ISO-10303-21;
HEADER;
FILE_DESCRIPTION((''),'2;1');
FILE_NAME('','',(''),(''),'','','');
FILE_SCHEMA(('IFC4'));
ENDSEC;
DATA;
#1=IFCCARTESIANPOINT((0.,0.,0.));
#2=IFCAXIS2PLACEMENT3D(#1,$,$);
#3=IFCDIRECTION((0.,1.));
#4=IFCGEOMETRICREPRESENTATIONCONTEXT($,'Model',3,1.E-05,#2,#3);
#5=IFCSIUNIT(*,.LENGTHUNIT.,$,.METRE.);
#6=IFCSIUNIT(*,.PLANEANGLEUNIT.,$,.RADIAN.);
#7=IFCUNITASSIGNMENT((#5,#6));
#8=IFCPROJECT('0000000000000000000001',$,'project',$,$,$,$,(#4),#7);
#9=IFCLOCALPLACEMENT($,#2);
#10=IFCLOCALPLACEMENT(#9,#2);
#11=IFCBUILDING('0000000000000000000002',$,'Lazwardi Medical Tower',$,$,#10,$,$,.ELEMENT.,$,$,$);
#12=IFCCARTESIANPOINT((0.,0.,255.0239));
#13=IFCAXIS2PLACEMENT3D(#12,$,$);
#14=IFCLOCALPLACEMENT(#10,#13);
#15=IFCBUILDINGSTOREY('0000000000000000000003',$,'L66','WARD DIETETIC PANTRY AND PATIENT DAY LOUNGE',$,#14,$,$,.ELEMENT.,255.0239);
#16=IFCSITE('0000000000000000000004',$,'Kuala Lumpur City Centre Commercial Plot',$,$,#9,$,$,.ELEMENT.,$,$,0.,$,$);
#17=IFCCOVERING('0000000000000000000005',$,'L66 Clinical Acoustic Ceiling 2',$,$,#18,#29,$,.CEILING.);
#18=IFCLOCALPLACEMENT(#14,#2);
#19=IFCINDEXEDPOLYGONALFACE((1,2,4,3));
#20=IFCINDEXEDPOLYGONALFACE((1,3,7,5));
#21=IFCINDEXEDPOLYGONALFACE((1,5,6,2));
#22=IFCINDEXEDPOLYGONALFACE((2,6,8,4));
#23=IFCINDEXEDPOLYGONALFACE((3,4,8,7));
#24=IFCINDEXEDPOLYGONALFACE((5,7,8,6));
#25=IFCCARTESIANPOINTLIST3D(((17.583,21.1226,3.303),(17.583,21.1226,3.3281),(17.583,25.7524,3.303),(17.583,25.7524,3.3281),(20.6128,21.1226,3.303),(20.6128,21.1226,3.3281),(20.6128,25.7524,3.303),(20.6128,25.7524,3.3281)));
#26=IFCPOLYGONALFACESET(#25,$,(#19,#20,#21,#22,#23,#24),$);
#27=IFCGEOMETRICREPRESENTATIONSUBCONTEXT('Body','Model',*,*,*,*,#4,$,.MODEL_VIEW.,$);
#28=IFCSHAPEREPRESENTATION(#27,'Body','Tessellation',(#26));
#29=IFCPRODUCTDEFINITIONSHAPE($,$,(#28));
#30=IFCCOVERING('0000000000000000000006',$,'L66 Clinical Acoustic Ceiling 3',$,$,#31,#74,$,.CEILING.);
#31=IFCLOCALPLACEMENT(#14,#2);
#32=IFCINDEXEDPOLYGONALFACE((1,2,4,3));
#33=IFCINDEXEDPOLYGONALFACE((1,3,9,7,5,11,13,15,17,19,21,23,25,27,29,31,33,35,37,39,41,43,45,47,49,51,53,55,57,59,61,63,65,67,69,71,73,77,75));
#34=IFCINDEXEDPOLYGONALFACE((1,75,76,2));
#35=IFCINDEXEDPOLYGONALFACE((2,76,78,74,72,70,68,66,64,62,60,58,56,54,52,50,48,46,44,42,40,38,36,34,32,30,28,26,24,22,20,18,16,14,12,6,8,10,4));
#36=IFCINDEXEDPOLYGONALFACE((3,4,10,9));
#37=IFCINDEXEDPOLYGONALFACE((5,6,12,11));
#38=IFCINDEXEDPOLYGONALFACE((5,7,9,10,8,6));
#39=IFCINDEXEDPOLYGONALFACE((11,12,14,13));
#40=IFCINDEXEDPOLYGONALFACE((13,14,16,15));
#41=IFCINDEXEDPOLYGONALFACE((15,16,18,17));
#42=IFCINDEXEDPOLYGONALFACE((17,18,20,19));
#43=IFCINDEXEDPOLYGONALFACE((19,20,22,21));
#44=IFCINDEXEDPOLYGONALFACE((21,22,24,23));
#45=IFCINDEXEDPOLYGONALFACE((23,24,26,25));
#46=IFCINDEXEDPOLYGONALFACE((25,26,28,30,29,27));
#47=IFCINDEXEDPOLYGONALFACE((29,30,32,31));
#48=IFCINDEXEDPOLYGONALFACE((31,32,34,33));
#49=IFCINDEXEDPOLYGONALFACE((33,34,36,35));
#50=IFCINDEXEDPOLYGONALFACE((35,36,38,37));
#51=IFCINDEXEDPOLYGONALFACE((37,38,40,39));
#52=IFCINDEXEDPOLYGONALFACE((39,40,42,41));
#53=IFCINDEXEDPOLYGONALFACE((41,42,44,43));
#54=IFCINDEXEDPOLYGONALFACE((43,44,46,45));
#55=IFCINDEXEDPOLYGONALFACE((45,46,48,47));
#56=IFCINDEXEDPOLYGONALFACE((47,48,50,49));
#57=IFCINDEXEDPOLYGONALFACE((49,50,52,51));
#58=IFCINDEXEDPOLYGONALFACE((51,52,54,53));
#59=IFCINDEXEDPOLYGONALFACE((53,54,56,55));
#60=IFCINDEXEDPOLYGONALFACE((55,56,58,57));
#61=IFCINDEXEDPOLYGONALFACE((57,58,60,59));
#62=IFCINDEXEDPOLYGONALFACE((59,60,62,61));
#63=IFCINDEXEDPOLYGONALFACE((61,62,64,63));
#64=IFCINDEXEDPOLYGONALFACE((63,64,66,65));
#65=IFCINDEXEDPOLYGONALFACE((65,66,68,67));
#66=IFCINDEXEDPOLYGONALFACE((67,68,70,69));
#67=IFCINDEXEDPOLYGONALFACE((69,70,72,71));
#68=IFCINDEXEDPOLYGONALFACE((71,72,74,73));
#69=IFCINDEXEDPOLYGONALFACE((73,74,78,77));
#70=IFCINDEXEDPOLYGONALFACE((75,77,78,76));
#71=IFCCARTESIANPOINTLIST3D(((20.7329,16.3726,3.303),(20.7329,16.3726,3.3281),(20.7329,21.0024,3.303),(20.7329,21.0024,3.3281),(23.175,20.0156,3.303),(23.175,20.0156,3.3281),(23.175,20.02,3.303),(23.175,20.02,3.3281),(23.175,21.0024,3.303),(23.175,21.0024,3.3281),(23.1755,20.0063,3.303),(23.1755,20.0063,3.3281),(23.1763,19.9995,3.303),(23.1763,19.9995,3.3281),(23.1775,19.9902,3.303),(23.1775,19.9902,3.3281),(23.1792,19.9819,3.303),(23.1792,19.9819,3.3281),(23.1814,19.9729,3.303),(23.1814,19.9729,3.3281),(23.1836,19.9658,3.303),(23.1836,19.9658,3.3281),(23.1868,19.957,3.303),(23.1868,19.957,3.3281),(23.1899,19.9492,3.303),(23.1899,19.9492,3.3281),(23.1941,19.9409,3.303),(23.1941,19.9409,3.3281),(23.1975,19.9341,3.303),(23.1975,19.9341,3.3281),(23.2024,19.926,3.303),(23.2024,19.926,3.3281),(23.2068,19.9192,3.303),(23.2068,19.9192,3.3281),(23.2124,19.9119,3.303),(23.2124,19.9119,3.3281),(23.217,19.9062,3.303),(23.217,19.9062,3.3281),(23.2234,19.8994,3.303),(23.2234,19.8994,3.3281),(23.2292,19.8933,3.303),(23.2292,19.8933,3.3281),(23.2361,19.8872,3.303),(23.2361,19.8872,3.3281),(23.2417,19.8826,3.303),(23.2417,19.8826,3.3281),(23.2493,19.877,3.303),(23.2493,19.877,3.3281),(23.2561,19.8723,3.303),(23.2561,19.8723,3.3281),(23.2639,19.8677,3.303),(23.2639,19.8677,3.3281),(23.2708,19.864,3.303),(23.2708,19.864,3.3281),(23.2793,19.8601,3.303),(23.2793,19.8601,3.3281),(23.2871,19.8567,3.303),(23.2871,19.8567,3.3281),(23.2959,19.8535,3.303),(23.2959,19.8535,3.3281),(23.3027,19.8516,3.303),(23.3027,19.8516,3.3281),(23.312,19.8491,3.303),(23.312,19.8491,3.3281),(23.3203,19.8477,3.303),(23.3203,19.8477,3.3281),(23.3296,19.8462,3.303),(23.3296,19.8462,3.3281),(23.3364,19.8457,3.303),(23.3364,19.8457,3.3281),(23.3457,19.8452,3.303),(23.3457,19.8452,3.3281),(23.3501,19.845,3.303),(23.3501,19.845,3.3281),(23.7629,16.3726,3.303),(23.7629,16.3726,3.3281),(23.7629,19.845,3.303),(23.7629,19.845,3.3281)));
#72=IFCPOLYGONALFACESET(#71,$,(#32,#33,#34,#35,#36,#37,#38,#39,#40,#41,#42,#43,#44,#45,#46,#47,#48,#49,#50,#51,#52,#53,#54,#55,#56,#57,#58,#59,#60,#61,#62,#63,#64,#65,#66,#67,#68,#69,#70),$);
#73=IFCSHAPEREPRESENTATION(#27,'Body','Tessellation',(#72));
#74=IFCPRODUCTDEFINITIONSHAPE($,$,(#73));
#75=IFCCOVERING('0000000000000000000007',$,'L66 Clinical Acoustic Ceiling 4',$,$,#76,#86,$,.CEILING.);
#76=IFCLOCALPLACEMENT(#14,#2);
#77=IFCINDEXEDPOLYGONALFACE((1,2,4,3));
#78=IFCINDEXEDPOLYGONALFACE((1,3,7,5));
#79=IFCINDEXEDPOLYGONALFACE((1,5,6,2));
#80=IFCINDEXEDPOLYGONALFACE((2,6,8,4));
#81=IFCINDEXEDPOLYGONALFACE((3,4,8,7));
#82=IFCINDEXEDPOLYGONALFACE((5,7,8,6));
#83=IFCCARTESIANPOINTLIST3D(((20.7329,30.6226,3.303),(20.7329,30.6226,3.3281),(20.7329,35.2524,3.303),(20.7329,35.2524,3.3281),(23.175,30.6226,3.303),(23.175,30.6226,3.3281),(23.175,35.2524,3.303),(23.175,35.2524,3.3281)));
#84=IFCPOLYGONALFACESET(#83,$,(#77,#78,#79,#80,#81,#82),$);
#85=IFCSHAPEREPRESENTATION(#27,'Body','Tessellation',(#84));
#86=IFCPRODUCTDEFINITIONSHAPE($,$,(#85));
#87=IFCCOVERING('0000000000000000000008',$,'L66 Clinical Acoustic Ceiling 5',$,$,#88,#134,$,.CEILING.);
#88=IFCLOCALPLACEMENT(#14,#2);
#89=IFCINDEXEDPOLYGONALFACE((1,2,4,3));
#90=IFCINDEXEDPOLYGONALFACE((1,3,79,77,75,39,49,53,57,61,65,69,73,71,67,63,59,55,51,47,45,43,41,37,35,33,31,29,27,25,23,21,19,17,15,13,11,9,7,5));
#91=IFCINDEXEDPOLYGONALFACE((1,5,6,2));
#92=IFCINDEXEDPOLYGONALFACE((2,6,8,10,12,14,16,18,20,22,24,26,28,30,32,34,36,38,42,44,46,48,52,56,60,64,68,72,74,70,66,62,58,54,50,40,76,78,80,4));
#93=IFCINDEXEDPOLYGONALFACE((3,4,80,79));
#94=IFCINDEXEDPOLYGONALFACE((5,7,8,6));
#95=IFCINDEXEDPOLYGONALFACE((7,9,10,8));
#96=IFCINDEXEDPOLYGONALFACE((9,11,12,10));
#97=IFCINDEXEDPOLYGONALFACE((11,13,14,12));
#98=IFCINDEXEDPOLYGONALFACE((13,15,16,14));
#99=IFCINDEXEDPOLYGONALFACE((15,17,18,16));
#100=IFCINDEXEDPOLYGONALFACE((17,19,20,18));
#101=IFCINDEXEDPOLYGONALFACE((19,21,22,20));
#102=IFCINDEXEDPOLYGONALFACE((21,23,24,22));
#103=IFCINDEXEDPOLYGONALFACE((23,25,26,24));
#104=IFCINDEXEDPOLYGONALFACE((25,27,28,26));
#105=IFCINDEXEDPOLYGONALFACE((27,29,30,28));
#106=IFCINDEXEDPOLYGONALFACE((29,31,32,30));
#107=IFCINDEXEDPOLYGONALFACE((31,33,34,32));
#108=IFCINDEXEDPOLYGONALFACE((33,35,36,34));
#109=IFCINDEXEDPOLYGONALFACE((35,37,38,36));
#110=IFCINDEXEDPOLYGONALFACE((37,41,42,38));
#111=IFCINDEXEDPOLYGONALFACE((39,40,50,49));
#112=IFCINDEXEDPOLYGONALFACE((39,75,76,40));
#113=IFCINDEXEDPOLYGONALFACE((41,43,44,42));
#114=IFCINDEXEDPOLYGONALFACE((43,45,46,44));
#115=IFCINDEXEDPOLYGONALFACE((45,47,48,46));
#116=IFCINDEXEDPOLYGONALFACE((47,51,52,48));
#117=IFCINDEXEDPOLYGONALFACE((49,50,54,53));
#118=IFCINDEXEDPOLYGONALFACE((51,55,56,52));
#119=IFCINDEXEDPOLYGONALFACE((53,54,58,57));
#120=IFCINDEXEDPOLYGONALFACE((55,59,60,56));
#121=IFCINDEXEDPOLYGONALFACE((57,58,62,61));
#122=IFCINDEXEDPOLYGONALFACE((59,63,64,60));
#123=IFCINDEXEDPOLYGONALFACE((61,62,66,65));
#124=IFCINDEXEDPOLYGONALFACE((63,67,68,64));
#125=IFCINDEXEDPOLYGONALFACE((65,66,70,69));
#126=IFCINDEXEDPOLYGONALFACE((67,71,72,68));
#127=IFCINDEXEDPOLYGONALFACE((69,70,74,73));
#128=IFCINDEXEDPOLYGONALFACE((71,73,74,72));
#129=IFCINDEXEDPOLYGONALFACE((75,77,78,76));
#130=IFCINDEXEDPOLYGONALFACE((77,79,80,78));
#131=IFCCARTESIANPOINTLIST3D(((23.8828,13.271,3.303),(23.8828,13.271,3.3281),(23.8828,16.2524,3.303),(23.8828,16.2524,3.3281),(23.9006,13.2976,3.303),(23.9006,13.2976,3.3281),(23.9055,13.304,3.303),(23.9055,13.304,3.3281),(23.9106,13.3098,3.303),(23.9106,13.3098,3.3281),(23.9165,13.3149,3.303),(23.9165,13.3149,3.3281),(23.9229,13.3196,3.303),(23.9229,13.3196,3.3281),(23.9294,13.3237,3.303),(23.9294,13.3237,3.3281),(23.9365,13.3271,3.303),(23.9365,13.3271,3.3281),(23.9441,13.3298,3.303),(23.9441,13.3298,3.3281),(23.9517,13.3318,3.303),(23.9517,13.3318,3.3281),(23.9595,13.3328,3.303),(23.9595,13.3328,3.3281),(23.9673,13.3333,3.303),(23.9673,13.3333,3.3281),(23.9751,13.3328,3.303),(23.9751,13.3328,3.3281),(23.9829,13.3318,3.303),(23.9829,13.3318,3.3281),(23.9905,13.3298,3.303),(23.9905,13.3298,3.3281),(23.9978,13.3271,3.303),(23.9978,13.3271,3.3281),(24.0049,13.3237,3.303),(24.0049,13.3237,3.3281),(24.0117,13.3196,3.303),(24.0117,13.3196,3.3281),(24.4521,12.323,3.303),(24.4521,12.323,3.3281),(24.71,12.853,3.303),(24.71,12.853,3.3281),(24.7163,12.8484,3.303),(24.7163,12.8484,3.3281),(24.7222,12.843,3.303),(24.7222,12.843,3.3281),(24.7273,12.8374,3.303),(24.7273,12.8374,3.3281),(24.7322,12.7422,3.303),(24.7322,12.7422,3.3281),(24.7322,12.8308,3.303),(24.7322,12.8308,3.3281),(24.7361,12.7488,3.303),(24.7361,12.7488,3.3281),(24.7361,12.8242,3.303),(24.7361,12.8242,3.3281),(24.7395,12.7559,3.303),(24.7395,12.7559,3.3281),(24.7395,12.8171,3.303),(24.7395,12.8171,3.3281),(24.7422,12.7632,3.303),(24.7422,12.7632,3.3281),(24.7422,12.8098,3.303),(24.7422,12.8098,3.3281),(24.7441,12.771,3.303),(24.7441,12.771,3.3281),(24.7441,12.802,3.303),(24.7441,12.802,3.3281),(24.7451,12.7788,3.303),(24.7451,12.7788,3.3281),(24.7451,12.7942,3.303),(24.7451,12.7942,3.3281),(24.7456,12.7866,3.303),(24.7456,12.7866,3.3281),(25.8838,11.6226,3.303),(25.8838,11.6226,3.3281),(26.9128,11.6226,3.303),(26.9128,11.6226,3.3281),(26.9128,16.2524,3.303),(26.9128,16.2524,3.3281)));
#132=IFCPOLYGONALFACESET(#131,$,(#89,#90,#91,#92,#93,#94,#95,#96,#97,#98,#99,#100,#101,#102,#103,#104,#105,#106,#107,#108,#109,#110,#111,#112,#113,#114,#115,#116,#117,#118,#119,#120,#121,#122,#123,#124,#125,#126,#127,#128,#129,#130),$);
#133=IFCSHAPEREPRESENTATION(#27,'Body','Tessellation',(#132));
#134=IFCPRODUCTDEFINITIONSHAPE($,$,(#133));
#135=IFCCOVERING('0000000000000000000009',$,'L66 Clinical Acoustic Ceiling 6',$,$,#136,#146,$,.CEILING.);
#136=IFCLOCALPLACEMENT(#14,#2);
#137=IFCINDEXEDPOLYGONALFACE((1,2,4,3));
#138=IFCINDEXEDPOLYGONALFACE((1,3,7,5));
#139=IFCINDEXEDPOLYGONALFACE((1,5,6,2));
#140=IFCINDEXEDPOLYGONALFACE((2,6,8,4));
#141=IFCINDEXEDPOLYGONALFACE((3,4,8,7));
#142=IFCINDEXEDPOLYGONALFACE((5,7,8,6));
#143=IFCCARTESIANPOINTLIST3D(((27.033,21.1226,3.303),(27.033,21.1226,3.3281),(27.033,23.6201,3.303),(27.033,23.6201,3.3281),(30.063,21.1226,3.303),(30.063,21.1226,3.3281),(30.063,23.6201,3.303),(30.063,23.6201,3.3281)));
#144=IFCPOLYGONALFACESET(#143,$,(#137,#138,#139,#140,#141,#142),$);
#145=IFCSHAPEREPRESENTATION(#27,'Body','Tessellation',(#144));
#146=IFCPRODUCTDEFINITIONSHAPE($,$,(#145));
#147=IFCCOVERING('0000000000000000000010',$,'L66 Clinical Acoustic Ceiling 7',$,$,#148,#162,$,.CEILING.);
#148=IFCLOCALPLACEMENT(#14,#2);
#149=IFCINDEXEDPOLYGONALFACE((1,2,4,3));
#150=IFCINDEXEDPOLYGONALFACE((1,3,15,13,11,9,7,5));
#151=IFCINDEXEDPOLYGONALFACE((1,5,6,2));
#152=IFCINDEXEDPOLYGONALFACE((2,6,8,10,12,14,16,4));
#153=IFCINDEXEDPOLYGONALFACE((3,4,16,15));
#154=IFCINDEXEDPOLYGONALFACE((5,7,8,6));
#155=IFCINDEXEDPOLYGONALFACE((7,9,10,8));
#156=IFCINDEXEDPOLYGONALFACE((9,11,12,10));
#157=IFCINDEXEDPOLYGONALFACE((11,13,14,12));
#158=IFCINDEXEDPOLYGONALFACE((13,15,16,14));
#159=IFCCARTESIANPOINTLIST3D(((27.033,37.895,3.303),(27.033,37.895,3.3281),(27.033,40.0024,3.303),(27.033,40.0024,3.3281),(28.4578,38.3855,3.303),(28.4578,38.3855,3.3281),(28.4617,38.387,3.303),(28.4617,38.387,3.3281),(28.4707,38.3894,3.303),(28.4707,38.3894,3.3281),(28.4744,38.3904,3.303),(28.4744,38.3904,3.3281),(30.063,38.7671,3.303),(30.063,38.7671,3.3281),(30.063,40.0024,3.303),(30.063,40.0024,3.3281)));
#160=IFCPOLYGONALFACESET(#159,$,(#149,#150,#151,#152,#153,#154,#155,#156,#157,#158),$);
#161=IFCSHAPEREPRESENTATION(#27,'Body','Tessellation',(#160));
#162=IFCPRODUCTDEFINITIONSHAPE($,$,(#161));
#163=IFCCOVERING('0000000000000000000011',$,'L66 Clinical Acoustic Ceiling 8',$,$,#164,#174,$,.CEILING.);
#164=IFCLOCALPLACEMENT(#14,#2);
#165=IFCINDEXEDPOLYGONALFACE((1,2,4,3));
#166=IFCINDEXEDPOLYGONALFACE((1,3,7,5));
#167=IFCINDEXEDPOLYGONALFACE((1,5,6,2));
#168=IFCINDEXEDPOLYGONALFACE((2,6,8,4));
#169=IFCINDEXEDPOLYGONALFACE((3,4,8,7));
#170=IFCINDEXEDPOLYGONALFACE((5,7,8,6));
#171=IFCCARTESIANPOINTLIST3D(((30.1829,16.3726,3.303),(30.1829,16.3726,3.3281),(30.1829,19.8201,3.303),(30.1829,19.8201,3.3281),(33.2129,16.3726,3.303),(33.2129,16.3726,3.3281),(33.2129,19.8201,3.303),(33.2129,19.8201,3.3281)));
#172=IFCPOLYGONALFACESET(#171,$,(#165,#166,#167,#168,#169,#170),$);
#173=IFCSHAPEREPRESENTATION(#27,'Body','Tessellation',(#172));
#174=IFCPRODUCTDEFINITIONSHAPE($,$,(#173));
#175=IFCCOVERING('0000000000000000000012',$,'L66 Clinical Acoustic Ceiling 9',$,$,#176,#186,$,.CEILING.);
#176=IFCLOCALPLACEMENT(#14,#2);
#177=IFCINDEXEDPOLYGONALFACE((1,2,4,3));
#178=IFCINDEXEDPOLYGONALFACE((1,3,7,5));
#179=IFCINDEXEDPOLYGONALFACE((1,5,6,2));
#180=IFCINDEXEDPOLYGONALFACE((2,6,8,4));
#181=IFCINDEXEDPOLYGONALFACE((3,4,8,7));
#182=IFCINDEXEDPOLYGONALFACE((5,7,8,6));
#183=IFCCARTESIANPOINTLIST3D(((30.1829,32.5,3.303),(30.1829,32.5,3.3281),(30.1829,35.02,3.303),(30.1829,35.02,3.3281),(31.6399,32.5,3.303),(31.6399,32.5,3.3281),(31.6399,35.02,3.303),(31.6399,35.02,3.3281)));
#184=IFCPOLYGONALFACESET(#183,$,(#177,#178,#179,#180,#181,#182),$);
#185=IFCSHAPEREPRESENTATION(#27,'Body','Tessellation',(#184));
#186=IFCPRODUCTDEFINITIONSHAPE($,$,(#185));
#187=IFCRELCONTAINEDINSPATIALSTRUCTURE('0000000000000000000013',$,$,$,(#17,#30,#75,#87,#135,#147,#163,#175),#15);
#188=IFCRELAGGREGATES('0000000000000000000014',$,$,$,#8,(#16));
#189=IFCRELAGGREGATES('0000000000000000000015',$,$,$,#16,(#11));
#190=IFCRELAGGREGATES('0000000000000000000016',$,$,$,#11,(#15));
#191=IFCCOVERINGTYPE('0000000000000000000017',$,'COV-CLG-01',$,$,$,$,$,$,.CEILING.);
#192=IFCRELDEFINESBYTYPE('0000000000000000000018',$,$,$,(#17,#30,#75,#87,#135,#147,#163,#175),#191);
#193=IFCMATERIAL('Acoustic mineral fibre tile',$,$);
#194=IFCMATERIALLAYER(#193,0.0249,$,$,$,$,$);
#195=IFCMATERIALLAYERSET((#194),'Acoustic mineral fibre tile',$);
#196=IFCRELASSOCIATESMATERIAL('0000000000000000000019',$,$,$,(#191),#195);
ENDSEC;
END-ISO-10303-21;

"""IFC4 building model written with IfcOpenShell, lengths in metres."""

from ifc_helpers import new_model, si_unit, direction, frame, origin, place, context, subcontext, project, spatial, polyline, outline, extrude, material, layer, layer_set, type_object, element, save


model = new_model("IFC4")

# Units and contexts
model_context = context("Model", 3, precision=1e-05, world=origin(), true_north=direction((0.0, 1.0)))
body_context = subcontext(model_context, "Body", "Model", "MODEL_VIEW")
ifc_project = project(units=[si_unit("LENGTHUNIT", "METRE"), si_unit("PLANEANGLEUNIT", "RADIAN")], contexts=[model_context])

# Site, building, storey
site_placement = place(None, origin())
site = spatial("IfcSite", under=ifc_project, at=site_placement, Name="Kuala Lumpur City Centre Commercial Plot", CompositionType="ELEMENT", RefElevation=0.0)
building_placement = place(site_placement, origin())
building = spatial("IfcBuilding", under=site, at=building_placement, Name="Lazwardi Medical Tower", CompositionType="ELEMENT")
storey_placement = place(building_placement, frame((0.0, 0.0, 255.0239)))
storey = spatial("IfcBuildingStorey", under=building, at=storey_placement, Name="L66", Description="WARD DIETETIC PANTRY AND PATIENT DAY LOUNGE", CompositionType="ELEMENT", Elevation=255.0239)

# Coverings
ifc_material_1 = material(Name="Acoustic mineral fibre tile")
ifc_layer_1 = layer(ifc_material_1, 0.0249)
ifc_layer_set_1 = layer_set([ifc_layer_1], Name="Acoustic mineral fibre tile")
covering_type_1 = type_object("IfcCoveringType", Name="COV-CLG-01", PredefinedType="CEILING", material=ifc_layer_set_1)
covering_1_placement = place(storey_placement, frame((0.0, 0.0, 3.303)))
element("IfcCovering", 1, at=covering_1_placement, inside=storey, type_object=covering_type_1, Name="L66 Clinical Acoustic Ceiling 2", PredefinedType="CEILING", context=body_context, shape_type="SweptSolid", body=[
    extrude(outline(polyline([(20.6128, 21.1226), (20.6128, 25.7524), (17.583, 25.7524), (17.583, 21.1226), (20.6128, 21.1226)])), origin(), (0.0, 0.0, 1.0), 0.0251),
])
covering_2_placement = place(storey_placement, frame((0.0, 0.0, 3.303)))
element("IfcCovering", 2, at=covering_2_placement, inside=storey, type_object=covering_type_1, Name="L66 Clinical Acoustic Ceiling 3", PredefinedType="CEILING", context=body_context, shape_type="SweptSolid", body=[
    extrude(outline(polyline([(23.7629, 19.845), (23.3501, 19.845), (23.3457, 19.8452), (23.3364, 19.8457), (23.3296, 19.8462), (23.3203, 19.8477), (23.312, 19.8491), (23.3027, 19.8516), (23.2959, 19.8535), (23.2871, 19.8567), (23.2793, 19.8601), (23.2708, 19.864), (23.2639, 19.8677), (23.2561, 19.8723), (23.2493, 19.877), (23.2417, 19.8826), (23.2361, 19.8872), (23.2292, 19.8933), (23.2234, 19.8994), (23.217, 19.9062), (23.2124, 19.9119), (23.2068, 19.9192), (23.2024, 19.926), (23.1975, 19.9341), (23.1941, 19.9409), (23.1899, 19.9492), (23.1868, 19.957), (23.1836, 19.9658), (23.1814, 19.9729), (23.1792, 19.9819), (23.1775, 19.9902), (23.1763, 19.9995), (23.1755, 20.0063), (23.175, 20.0156), (23.175, 20.02), (23.175, 21.0024), (20.7329, 21.0024), (20.7329, 16.3726), (23.7629, 16.3726), (23.7629, 19.845)])), origin(), (0.0, 0.0, 1.0), 0.0251),
])
covering_3_placement = place(storey_placement, frame((0.0, 0.0, 3.303)))
element("IfcCovering", 3, at=covering_3_placement, inside=storey, type_object=covering_type_1, Name="L66 Clinical Acoustic Ceiling 4", PredefinedType="CEILING", context=body_context, shape_type="SweptSolid", body=[
    extrude(outline(polyline([(23.175, 30.6226), (23.175, 35.2524), (20.7329, 35.2524), (20.7329, 30.6226), (23.175, 30.6226)])), origin(), (0.0, 0.0, 1.0), 0.0251),
])
covering_4_placement = place(storey_placement, frame((0.0, 0.0, 3.303)))
element("IfcCovering", 4, at=covering_4_placement, inside=storey, type_object=covering_type_1, Name="L66 Clinical Acoustic Ceiling 5", PredefinedType="CEILING", context=body_context, shape_type="SweptSolid", body=[
    extrude(outline(polyline([(23.8828, 13.271), (23.9006, 13.2976), (23.9055, 13.304), (23.9106, 13.3098), (23.9165, 13.3149), (23.9229, 13.3196), (23.9294, 13.3237), (23.9365, 13.3271), (23.9441, 13.3298), (23.9517, 13.3318), (23.9595, 13.3328), (23.9673, 13.3333), (23.9751, 13.3328), (23.9829, 13.3318), (23.9905, 13.3298), (23.9978, 13.3271), (24.0049, 13.3237), (24.0117, 13.3196), (24.71, 12.853), (24.7163, 12.8484), (24.7222, 12.843), (24.7273, 12.8374), (24.7322, 12.8308), (24.7361, 12.8242), (24.7395, 12.8171), (24.7422, 12.8098), (24.7441, 12.802), (24.7451, 12.7942), (24.7456, 12.7866), (24.7451, 12.7788), (24.7441, 12.771), (24.7422, 12.7632), (24.7395, 12.7559), (24.7361, 12.7488), (24.7322, 12.7422), (24.4521, 12.323), (25.8838, 11.6226), (26.9128, 11.6226), (26.9128, 16.2524), (23.8828, 16.2524), (23.8828, 13.271)])), origin(), (0.0, 0.0, 1.0), 0.0251),
])
covering_5_placement = place(storey_placement, frame((0.0, 0.0, 3.303)))
element("IfcCovering", 5, at=covering_5_placement, inside=storey, type_object=covering_type_1, Name="L66 Clinical Acoustic Ceiling 6", PredefinedType="CEILING", context=body_context, shape_type="SweptSolid", body=[
    extrude(outline(polyline([(30.063, 23.6201), (27.033, 23.6201), (27.033, 21.1226), (30.063, 21.1226), (30.063, 23.6201)])), origin(), (0.0, 0.0, 1.0), 0.0251),
])
covering_6_placement = place(storey_placement, frame((0.0, 0.0, 3.303)))
element("IfcCovering", 6, at=covering_6_placement, inside=storey, type_object=covering_type_1, Name="L66 Clinical Acoustic Ceiling 7", PredefinedType="CEILING", context=body_context, shape_type="SweptSolid", body=[
    extrude(outline(polyline([(27.033, 37.895), (28.4578, 38.3855), (28.4617, 38.387), (28.4707, 38.3894), (28.4744, 38.3904), (30.063, 38.7671), (30.063, 40.0024), (27.033, 40.0024), (27.033, 37.895)])), origin(), (0.0, 0.0, 1.0), 0.0251),
])
covering_7_placement = place(storey_placement, frame((0.0, 0.0, 3.303)))
element("IfcCovering", 7, at=covering_7_placement, inside=storey, type_object=covering_type_1, Name="L66 Clinical Acoustic Ceiling 8", PredefinedType="CEILING", context=body_context, shape_type="SweptSolid", body=[
    extrude(outline(polyline([(33.2129, 19.8201), (30.1829, 19.8201), (30.1829, 16.3726), (33.2129, 16.3726), (33.2129, 19.8201)])), origin(), (0.0, 0.0, 1.0), 0.0251),
])
covering_8_placement = place(storey_placement, frame((0.0, 0.0, 3.303)))
element("IfcCovering", 8, at=covering_8_placement, inside=storey, type_object=covering_type_1, Name="L66 Clinical Acoustic Ceiling 9", PredefinedType="CEILING", context=body_context, shape_type="SweptSolid", body=[
    extrude(outline(polyline([(30.1829, 32.5), (31.6399, 32.5), (31.6399, 35.02), (30.1829, 35.02), (30.1829, 32.5)])), origin(), (0.0, 0.0, 1.0), 0.0251),
])

save(model, "model.ifc")
